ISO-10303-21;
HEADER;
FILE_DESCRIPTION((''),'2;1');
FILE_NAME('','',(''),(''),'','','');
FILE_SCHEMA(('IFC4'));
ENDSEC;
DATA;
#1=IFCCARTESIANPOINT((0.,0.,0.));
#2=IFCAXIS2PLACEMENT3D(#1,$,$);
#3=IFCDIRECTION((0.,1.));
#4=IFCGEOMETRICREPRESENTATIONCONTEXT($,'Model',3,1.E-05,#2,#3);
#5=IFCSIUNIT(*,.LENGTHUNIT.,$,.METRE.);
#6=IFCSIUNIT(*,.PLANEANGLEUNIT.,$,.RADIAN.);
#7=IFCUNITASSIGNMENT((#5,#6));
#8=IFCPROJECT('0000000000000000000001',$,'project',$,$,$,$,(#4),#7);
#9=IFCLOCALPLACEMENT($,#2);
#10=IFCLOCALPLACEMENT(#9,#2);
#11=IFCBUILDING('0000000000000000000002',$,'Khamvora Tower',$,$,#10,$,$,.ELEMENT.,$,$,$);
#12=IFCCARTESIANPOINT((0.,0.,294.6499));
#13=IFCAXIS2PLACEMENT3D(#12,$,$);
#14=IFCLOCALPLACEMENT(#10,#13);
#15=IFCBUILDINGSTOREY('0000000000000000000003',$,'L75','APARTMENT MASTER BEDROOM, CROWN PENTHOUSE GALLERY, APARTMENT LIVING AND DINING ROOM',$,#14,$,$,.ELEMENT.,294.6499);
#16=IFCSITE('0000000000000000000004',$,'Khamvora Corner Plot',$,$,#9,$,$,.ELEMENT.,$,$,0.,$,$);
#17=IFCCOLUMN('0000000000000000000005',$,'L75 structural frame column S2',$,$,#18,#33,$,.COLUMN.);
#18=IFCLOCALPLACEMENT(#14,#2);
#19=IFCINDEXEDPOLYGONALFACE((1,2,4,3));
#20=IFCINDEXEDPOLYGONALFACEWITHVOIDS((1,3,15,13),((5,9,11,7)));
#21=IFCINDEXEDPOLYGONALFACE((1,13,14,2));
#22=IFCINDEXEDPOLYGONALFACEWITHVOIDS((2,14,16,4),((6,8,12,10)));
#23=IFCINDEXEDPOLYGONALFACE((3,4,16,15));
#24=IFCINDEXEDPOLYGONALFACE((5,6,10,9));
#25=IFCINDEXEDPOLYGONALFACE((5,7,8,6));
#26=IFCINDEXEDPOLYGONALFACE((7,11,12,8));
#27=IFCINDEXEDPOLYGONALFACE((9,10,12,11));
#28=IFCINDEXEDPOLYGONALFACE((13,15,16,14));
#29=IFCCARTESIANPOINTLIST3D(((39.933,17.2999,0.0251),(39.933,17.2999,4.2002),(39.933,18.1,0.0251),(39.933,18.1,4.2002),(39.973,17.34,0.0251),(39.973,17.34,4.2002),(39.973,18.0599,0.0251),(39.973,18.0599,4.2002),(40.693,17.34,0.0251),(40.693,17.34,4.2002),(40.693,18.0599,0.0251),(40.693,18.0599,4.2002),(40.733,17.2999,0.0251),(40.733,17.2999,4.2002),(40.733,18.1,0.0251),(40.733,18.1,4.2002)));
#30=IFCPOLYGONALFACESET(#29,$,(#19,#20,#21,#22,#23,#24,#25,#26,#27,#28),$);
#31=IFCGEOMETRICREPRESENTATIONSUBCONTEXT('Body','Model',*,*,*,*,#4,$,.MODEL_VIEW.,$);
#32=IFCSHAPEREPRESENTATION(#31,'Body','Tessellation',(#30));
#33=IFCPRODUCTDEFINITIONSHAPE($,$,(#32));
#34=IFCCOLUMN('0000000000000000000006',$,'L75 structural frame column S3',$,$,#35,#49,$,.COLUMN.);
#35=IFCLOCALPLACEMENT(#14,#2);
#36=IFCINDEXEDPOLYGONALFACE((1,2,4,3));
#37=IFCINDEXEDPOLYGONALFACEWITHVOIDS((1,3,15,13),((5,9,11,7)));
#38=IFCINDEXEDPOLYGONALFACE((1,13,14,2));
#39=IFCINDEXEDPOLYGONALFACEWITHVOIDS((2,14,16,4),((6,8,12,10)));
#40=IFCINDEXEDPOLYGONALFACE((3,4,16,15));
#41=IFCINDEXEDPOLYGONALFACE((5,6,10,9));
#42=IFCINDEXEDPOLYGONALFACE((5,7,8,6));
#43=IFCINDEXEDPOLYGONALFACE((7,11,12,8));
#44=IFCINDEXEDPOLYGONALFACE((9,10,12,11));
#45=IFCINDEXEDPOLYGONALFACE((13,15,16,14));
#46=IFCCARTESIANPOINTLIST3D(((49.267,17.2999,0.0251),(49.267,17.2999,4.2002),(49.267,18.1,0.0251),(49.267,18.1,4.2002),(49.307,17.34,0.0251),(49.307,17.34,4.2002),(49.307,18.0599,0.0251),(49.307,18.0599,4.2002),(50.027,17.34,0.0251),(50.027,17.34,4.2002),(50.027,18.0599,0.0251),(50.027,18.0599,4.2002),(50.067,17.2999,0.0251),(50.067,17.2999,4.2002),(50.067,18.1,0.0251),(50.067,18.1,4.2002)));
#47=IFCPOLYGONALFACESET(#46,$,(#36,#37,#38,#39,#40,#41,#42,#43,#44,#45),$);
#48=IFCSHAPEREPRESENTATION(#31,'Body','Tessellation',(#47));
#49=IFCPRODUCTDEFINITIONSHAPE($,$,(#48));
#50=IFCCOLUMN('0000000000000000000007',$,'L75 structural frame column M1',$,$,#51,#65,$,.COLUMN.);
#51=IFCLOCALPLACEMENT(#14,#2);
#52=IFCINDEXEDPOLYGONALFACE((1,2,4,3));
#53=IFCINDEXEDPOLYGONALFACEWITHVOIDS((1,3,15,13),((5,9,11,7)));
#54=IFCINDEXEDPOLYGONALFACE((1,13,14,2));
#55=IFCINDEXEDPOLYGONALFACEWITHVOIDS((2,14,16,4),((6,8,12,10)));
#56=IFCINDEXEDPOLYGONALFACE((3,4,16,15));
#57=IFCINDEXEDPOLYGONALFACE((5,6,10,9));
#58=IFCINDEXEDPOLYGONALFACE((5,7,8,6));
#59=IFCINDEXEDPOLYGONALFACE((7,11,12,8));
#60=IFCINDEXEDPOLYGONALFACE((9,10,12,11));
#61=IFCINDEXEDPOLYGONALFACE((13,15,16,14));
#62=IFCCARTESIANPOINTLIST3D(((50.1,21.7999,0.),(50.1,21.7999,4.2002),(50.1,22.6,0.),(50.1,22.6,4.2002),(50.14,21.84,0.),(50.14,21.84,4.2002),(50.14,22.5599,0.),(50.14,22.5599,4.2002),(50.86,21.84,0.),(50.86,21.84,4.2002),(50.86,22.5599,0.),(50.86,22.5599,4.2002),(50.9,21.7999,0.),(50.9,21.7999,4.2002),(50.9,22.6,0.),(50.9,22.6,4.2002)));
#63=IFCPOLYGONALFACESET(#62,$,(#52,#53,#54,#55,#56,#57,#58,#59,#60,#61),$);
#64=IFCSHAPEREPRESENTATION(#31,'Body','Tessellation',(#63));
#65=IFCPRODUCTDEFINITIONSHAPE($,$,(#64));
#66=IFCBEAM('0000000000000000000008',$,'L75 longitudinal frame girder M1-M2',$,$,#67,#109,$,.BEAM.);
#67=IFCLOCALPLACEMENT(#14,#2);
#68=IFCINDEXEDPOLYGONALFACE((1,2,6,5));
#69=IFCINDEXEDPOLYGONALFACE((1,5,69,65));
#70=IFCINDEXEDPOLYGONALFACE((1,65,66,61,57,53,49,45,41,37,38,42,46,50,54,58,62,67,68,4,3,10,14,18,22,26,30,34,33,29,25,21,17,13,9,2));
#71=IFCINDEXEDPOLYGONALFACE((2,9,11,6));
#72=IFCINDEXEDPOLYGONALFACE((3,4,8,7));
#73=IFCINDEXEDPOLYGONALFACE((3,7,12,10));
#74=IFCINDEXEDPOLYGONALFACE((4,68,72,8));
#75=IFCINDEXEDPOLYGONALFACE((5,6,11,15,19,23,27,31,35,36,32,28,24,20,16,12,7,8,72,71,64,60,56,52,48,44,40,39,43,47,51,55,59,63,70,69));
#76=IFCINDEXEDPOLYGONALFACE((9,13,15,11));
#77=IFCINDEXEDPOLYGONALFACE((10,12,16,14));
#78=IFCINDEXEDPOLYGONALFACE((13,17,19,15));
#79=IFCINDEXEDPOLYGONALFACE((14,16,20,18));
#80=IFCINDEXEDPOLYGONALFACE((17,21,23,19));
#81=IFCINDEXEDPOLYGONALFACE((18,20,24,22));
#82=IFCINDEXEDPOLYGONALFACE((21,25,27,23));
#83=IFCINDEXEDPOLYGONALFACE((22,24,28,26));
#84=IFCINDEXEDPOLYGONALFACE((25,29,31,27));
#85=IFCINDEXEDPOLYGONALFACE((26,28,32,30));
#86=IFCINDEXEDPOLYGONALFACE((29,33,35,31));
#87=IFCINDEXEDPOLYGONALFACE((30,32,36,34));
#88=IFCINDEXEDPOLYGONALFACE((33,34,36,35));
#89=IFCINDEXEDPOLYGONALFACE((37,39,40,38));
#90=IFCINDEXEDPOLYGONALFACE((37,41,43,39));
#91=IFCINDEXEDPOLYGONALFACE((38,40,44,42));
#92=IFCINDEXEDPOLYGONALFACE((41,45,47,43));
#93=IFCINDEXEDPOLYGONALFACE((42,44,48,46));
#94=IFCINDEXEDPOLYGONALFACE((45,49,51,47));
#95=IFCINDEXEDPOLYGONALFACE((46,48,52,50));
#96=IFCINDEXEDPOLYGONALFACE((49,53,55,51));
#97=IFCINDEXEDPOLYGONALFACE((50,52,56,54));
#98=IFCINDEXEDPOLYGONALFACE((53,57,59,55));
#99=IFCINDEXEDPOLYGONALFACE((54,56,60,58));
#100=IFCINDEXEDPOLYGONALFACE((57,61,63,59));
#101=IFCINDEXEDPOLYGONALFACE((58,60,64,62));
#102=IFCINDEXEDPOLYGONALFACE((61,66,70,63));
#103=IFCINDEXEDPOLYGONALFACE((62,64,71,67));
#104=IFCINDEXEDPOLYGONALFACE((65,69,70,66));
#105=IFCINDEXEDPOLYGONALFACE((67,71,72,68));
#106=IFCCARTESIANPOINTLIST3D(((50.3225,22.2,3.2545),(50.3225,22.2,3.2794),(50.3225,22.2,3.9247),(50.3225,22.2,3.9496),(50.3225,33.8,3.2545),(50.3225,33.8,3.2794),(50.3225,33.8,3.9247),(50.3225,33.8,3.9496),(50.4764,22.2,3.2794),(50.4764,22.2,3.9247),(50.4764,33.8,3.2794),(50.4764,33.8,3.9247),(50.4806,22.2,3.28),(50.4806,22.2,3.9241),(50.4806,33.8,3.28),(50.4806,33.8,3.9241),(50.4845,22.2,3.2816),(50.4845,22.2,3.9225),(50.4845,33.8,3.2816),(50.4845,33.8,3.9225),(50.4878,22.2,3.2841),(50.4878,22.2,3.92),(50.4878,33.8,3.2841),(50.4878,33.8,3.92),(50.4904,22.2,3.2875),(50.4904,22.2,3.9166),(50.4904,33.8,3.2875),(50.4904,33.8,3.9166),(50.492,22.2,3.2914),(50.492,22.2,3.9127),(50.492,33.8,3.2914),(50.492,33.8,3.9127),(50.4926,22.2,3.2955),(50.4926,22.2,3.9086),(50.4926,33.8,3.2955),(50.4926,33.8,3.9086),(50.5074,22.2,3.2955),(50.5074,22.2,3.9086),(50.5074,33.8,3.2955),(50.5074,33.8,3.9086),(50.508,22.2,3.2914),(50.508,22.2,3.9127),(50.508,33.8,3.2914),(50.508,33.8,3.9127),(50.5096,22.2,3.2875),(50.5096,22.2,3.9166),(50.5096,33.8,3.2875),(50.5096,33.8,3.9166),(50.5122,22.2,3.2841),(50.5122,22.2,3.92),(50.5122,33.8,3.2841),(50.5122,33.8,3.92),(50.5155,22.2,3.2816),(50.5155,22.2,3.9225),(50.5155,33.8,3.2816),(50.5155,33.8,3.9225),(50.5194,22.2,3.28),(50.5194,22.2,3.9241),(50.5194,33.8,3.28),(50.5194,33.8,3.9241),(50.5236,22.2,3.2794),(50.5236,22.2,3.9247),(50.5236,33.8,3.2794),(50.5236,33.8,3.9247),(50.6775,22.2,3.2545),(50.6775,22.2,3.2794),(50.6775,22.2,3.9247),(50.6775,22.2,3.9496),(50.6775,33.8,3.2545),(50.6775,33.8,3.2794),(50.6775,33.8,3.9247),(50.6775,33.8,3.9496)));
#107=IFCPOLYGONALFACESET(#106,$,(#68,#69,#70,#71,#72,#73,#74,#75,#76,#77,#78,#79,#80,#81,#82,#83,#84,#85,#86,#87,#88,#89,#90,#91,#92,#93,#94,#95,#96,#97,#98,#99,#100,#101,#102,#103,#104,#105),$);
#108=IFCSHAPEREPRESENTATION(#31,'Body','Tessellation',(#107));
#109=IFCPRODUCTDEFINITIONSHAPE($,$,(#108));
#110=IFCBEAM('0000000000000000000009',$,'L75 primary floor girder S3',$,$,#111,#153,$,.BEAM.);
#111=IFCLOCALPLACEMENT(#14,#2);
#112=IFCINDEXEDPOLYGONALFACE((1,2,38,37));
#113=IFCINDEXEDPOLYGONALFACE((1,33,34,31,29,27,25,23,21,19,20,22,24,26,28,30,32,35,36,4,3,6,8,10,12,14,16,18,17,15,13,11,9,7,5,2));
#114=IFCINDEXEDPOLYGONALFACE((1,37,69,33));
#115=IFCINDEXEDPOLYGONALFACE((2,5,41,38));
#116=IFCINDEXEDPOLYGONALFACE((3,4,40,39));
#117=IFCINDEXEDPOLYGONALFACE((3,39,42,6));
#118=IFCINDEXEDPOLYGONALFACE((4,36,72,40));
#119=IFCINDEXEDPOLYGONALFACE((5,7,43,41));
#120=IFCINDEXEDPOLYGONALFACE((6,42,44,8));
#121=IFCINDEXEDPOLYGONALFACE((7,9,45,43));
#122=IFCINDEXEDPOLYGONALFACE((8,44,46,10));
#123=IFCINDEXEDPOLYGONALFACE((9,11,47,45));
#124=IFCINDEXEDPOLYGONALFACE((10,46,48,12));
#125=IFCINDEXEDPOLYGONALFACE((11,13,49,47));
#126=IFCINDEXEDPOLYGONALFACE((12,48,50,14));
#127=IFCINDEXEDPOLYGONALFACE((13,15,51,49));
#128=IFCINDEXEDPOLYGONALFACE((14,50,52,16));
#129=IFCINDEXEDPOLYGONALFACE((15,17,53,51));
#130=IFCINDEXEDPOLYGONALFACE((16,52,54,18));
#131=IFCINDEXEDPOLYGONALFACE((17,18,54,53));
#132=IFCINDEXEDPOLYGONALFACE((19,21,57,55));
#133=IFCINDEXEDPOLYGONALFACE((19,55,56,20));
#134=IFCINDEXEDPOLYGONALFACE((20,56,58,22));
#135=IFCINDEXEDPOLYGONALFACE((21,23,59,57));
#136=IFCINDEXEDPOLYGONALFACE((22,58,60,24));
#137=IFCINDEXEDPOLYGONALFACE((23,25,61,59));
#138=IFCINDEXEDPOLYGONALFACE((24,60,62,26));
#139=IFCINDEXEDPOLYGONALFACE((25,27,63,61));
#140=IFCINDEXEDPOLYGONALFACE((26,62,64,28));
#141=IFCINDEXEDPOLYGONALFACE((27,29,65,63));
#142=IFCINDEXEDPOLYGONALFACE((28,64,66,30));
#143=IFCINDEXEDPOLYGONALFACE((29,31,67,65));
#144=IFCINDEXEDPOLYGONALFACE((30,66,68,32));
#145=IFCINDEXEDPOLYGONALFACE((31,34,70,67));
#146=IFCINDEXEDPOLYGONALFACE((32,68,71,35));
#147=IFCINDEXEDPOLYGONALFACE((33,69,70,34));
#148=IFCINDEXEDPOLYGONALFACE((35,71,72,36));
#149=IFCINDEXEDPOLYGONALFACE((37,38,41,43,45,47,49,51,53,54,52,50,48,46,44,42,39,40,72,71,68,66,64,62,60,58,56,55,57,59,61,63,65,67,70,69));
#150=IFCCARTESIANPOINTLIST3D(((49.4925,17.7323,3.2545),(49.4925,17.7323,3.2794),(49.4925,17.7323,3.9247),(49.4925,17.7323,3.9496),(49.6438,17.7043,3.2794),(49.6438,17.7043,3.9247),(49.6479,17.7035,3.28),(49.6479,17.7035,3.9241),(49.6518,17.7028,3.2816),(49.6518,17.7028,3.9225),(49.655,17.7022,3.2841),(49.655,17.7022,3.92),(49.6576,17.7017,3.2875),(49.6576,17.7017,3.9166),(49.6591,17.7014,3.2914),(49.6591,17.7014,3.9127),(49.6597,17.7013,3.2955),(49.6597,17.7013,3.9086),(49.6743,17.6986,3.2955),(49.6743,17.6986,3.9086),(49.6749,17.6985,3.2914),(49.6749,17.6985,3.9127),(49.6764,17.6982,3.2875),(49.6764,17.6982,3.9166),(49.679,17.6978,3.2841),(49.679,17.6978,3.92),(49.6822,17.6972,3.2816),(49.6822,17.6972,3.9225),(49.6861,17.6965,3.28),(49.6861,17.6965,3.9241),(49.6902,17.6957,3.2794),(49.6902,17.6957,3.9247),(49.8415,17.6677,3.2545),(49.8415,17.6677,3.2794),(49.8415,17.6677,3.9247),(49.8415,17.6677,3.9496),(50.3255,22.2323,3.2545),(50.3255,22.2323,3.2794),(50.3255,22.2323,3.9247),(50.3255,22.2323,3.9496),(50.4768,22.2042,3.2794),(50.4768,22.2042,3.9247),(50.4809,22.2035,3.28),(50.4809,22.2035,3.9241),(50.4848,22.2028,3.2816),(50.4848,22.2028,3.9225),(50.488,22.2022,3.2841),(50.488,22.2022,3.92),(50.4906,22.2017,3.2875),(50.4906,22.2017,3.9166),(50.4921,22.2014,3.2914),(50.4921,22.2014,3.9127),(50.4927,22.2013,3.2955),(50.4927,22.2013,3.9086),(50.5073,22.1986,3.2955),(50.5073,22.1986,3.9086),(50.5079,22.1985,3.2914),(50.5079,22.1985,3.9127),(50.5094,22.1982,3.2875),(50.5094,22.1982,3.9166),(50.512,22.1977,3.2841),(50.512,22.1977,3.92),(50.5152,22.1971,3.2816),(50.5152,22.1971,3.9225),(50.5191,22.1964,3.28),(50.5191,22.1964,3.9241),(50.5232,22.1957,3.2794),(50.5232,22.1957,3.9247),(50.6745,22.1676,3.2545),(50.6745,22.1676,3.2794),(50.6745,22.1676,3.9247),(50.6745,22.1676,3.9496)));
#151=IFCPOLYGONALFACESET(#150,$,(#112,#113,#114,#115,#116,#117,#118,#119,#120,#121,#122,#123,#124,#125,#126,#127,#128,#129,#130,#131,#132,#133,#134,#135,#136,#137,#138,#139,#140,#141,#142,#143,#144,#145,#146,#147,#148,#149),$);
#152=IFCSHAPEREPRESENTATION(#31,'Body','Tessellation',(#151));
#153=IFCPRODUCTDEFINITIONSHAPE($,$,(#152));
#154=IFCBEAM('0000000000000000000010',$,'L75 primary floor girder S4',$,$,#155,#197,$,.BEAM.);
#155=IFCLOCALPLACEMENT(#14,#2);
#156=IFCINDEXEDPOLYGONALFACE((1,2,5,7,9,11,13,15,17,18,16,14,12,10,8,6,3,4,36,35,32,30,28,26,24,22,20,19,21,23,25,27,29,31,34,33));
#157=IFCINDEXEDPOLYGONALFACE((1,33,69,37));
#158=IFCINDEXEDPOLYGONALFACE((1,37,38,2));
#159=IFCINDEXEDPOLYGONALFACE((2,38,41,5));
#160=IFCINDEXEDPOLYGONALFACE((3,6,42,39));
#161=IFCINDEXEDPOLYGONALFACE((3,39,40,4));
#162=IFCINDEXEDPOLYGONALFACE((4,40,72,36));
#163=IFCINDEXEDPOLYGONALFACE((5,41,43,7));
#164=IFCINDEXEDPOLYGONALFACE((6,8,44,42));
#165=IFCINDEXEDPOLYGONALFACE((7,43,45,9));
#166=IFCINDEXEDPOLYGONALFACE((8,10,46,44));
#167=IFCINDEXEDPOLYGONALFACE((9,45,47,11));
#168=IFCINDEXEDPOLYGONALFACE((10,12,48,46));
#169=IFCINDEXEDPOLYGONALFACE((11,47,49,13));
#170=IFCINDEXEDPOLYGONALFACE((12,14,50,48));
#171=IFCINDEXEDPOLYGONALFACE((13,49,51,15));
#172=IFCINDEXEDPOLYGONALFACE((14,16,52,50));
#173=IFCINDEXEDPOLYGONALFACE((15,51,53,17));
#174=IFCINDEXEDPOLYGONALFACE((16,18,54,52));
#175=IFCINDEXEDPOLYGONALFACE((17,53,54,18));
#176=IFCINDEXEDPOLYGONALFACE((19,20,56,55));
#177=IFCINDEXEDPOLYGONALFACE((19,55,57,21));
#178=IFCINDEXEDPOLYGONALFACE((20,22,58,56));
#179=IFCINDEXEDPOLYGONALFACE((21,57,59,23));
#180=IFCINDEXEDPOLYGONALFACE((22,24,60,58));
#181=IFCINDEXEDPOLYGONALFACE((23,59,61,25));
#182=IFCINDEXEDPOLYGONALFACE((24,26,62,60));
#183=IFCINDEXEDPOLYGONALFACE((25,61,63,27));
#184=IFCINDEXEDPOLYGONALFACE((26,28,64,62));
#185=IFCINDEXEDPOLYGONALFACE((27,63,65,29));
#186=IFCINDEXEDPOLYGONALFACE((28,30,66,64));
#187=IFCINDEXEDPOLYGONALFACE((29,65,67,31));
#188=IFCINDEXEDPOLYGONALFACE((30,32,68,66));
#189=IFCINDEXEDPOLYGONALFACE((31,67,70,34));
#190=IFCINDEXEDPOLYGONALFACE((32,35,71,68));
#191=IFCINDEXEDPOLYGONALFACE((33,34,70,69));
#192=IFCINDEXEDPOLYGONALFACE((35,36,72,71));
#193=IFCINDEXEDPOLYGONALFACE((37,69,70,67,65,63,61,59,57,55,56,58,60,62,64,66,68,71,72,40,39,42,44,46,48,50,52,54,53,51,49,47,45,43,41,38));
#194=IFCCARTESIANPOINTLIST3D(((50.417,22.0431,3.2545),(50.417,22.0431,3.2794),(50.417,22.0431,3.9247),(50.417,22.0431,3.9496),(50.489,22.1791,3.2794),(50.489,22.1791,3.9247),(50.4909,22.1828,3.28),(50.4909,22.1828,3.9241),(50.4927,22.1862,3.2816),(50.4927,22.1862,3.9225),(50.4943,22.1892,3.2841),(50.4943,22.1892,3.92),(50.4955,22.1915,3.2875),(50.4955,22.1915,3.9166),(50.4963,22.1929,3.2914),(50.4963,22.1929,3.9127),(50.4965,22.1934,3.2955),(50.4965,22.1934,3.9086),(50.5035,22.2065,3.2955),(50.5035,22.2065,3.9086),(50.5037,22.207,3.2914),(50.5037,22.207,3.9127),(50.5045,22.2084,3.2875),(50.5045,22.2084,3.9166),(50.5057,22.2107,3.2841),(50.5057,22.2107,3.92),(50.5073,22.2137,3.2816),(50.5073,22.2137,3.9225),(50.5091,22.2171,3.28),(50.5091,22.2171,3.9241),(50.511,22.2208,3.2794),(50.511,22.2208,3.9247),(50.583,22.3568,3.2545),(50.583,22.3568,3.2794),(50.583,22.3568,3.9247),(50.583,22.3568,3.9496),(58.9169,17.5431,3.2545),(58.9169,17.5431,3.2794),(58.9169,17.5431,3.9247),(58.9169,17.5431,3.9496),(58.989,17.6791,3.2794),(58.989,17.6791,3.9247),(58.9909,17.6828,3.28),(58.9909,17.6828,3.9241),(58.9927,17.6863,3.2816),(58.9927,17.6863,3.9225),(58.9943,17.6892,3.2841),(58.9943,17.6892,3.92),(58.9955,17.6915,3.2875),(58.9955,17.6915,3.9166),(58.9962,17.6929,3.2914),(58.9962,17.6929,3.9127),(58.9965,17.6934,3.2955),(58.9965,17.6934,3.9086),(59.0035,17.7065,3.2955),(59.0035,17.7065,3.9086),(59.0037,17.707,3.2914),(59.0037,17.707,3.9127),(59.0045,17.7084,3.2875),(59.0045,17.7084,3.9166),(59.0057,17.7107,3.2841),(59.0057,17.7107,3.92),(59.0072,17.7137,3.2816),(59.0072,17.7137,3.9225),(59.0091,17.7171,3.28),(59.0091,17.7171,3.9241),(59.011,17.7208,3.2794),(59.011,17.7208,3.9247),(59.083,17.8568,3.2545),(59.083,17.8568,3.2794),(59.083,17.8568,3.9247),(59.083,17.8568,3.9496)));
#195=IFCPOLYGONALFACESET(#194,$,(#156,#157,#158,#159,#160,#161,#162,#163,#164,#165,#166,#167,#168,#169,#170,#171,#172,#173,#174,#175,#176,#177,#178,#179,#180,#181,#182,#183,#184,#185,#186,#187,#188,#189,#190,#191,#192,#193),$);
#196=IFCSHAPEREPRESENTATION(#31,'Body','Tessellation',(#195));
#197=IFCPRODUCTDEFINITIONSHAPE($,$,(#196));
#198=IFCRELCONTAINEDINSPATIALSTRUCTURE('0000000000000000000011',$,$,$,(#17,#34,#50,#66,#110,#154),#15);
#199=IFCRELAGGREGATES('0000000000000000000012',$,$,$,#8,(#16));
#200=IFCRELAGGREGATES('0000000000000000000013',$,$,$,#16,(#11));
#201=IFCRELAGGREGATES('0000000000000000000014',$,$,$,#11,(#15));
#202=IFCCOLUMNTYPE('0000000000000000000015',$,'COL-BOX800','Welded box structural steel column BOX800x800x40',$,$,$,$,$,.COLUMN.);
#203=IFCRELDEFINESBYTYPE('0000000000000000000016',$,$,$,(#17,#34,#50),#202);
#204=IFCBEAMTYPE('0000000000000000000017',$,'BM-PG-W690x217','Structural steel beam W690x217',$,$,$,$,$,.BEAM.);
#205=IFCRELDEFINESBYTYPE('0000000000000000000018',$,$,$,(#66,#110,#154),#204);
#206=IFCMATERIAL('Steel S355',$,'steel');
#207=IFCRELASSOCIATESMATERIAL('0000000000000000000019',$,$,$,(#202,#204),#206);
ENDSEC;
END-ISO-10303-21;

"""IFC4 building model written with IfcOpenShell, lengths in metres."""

from ifc_helpers import new_model, si_unit, direction, frame, origin, origin_2d, place, context, subcontext, project, spatial, hollow_rectangle, i_section, extrude, material, material_profile, profile_set, type_object, element, save


model = new_model("IFC4")

# Units and contexts
model_context = context("Model", 3, precision=1e-05, world=origin(), true_north=direction((0.0, 1.0)))
body_context = subcontext(model_context, "Body", "Model", "MODEL_VIEW")
ifc_project = project(units=[si_unit("LENGTHUNIT", "METRE"), si_unit("PLANEANGLEUNIT", "RADIAN")], contexts=[model_context])

# Site, building, storey
site_placement = place(None, origin())
site = spatial("IfcSite", under=ifc_project, at=site_placement, Name="Khamvora Corner Plot", CompositionType="ELEMENT", RefElevation=0.0)
building_placement = place(site_placement, origin())
building = spatial("IfcBuilding", under=site, at=building_placement, Name="Khamvora Tower", CompositionType="ELEMENT")
storey_placement = place(building_placement, frame((0.0, 0.0, 294.6499)))
storey = spatial("IfcBuildingStorey", under=building, at=storey_placement, Name="L75", Description="APARTMENT MASTER BEDROOM, CROWN PENTHOUSE GALLERY, APARTMENT LIVING AND DINING ROOM", CompositionType="ELEMENT", Elevation=294.6499)

# Columns
ifc_material_1 = material(Name="Steel S355", Category="steel")
ifc_material_profile_1 = material_profile(ifc_material_1, hollow_rectangle(XDim=0.8, YDim=0.8, WallThickness=0.04, at=origin_2d()), Name="BOX800x800x40")
ifc_profile_set_1 = profile_set([ifc_material_profile_1], Name="Steel S355")
column_type = type_object("IfcColumnType", Name="COL-BOX800", Description="Welded box structural steel column BOX800x800x40", PredefinedType="COLUMN", material=ifc_profile_set_1)
for number, where, z_axis, x_axis, name in (
    (1, (40.333, 17.7, 0.0251), (0.0, 0.0, 1.0), (1.0, 0.0, 0.0), "L75 structural frame column S2"),
    (2, (49.667, 17.7, 0.0251), (0.0, 0.0, 1.0), (1.0, 0.0, 0.0), "L75 structural frame column S3"),
):
    element("IfcColumn", number, at=place(storey_placement, frame(where, z_axis=z_axis, x_axis=x_axis)), inside=storey, type_object=column_type, Name=name, PredefinedType="COLUMN", context=body_context, shape_type="SweptSolid", body=[
        extrude(hollow_rectangle(XDim=0.8, YDim=0.8, WallThickness=0.04, at=origin_2d()), origin(), (0.0, 0.0, 1.0), 4.175),
    ])
column_placement = place(storey_placement, frame((50.5, 22.2, 0.0), z_axis=(0.0, 0.0, 1.0), x_axis=(1.0, 0.0, 0.0)))
element("IfcColumn", 3, at=column_placement, inside=storey, type_object=column_type, Name="L75 structural frame column M1", PredefinedType="COLUMN", context=body_context, shape_type="SweptSolid", body=[
    extrude(hollow_rectangle(XDim=0.8, YDim=0.8, WallThickness=0.04, at=origin_2d()), origin(), (0.0, 0.0, 1.0), 4.2002),
])

# Beams
ifc_material_profile_2 = material_profile(ifc_material_1, i_section(OverallWidth=0.355, OverallDepth=0.6951, WebThickness=0.0149, FlangeThickness=0.0249, FilletRadius=0.0161, at=origin_2d()), Name="W690x217")
ifc_profile_set_2 = profile_set([ifc_material_profile_2], Name="Steel S355")
beam_type_1 = type_object("IfcBeamType", Name="BM-PG-W690x217", Description="Structural steel beam W690x217", PredefinedType="BEAM", material=ifc_profile_set_2)
beam_1_placement = place(storey_placement, frame((50.5, 22.2, 3.6021), z_axis=(0.0, 1.0, 0.0), x_axis=(-1.0, 0.0, 0.0)))
element("IfcBeam", 4, at=beam_1_placement, inside=storey, type_object=beam_type_1, Name="L75 longitudinal frame girder M1-M2", PredefinedType="BEAM", context=body_context, shape_type="SweptSolid", body=[
    extrude(i_section(OverallWidth=0.355, OverallDepth=0.6951, WebThickness=0.0149, FlangeThickness=0.0249, FilletRadius=0.0161, at=origin_2d()), origin(), (0.0, 0.0, 1.0), 11.6001),
])
beam_2_placement = place(storey_placement, frame((50.5, 22.2, 3.6021), z_axis=(-0.18202, -0.983295, 0.0), x_axis=(0.983295, -0.18202, 0.0)))
element("IfcBeam", 5, at=beam_2_placement, inside=storey, type_object=beam_type_1, Name="L75 primary floor girder S3", PredefinedType="BEAM", context=body_context, shape_type="SweptSolid", body=[
    extrude(i_section(OverallWidth=0.355, OverallDepth=0.6951, WebThickness=0.0149, FlangeThickness=0.0249, FilletRadius=0.0161, at=origin_2d()), origin(), (0.0, 0.0, 1.0), 4.5764),
])
beam_3_placement = place(storey_placement, frame((50.5, 22.2, 3.6021), z_axis=(0.883788, -0.467888, 0.0), x_axis=(0.467888, 0.883788, 0.0)))
element("IfcBeam", 6, at=beam_3_placement, inside=storey, type_object=beam_type_1, Name="L75 primary floor girder S4", PredefinedType="BEAM", context=body_context, shape_type="SweptSolid", body=[
    extrude(i_section(OverallWidth=0.355, OverallDepth=0.6951, WebThickness=0.0149, FlangeThickness=0.0249, FilletRadius=0.0161, at=origin_2d()), origin(), (0.0, 0.0, 1.0), 9.6177),
])

save(model, "model.ifc")
